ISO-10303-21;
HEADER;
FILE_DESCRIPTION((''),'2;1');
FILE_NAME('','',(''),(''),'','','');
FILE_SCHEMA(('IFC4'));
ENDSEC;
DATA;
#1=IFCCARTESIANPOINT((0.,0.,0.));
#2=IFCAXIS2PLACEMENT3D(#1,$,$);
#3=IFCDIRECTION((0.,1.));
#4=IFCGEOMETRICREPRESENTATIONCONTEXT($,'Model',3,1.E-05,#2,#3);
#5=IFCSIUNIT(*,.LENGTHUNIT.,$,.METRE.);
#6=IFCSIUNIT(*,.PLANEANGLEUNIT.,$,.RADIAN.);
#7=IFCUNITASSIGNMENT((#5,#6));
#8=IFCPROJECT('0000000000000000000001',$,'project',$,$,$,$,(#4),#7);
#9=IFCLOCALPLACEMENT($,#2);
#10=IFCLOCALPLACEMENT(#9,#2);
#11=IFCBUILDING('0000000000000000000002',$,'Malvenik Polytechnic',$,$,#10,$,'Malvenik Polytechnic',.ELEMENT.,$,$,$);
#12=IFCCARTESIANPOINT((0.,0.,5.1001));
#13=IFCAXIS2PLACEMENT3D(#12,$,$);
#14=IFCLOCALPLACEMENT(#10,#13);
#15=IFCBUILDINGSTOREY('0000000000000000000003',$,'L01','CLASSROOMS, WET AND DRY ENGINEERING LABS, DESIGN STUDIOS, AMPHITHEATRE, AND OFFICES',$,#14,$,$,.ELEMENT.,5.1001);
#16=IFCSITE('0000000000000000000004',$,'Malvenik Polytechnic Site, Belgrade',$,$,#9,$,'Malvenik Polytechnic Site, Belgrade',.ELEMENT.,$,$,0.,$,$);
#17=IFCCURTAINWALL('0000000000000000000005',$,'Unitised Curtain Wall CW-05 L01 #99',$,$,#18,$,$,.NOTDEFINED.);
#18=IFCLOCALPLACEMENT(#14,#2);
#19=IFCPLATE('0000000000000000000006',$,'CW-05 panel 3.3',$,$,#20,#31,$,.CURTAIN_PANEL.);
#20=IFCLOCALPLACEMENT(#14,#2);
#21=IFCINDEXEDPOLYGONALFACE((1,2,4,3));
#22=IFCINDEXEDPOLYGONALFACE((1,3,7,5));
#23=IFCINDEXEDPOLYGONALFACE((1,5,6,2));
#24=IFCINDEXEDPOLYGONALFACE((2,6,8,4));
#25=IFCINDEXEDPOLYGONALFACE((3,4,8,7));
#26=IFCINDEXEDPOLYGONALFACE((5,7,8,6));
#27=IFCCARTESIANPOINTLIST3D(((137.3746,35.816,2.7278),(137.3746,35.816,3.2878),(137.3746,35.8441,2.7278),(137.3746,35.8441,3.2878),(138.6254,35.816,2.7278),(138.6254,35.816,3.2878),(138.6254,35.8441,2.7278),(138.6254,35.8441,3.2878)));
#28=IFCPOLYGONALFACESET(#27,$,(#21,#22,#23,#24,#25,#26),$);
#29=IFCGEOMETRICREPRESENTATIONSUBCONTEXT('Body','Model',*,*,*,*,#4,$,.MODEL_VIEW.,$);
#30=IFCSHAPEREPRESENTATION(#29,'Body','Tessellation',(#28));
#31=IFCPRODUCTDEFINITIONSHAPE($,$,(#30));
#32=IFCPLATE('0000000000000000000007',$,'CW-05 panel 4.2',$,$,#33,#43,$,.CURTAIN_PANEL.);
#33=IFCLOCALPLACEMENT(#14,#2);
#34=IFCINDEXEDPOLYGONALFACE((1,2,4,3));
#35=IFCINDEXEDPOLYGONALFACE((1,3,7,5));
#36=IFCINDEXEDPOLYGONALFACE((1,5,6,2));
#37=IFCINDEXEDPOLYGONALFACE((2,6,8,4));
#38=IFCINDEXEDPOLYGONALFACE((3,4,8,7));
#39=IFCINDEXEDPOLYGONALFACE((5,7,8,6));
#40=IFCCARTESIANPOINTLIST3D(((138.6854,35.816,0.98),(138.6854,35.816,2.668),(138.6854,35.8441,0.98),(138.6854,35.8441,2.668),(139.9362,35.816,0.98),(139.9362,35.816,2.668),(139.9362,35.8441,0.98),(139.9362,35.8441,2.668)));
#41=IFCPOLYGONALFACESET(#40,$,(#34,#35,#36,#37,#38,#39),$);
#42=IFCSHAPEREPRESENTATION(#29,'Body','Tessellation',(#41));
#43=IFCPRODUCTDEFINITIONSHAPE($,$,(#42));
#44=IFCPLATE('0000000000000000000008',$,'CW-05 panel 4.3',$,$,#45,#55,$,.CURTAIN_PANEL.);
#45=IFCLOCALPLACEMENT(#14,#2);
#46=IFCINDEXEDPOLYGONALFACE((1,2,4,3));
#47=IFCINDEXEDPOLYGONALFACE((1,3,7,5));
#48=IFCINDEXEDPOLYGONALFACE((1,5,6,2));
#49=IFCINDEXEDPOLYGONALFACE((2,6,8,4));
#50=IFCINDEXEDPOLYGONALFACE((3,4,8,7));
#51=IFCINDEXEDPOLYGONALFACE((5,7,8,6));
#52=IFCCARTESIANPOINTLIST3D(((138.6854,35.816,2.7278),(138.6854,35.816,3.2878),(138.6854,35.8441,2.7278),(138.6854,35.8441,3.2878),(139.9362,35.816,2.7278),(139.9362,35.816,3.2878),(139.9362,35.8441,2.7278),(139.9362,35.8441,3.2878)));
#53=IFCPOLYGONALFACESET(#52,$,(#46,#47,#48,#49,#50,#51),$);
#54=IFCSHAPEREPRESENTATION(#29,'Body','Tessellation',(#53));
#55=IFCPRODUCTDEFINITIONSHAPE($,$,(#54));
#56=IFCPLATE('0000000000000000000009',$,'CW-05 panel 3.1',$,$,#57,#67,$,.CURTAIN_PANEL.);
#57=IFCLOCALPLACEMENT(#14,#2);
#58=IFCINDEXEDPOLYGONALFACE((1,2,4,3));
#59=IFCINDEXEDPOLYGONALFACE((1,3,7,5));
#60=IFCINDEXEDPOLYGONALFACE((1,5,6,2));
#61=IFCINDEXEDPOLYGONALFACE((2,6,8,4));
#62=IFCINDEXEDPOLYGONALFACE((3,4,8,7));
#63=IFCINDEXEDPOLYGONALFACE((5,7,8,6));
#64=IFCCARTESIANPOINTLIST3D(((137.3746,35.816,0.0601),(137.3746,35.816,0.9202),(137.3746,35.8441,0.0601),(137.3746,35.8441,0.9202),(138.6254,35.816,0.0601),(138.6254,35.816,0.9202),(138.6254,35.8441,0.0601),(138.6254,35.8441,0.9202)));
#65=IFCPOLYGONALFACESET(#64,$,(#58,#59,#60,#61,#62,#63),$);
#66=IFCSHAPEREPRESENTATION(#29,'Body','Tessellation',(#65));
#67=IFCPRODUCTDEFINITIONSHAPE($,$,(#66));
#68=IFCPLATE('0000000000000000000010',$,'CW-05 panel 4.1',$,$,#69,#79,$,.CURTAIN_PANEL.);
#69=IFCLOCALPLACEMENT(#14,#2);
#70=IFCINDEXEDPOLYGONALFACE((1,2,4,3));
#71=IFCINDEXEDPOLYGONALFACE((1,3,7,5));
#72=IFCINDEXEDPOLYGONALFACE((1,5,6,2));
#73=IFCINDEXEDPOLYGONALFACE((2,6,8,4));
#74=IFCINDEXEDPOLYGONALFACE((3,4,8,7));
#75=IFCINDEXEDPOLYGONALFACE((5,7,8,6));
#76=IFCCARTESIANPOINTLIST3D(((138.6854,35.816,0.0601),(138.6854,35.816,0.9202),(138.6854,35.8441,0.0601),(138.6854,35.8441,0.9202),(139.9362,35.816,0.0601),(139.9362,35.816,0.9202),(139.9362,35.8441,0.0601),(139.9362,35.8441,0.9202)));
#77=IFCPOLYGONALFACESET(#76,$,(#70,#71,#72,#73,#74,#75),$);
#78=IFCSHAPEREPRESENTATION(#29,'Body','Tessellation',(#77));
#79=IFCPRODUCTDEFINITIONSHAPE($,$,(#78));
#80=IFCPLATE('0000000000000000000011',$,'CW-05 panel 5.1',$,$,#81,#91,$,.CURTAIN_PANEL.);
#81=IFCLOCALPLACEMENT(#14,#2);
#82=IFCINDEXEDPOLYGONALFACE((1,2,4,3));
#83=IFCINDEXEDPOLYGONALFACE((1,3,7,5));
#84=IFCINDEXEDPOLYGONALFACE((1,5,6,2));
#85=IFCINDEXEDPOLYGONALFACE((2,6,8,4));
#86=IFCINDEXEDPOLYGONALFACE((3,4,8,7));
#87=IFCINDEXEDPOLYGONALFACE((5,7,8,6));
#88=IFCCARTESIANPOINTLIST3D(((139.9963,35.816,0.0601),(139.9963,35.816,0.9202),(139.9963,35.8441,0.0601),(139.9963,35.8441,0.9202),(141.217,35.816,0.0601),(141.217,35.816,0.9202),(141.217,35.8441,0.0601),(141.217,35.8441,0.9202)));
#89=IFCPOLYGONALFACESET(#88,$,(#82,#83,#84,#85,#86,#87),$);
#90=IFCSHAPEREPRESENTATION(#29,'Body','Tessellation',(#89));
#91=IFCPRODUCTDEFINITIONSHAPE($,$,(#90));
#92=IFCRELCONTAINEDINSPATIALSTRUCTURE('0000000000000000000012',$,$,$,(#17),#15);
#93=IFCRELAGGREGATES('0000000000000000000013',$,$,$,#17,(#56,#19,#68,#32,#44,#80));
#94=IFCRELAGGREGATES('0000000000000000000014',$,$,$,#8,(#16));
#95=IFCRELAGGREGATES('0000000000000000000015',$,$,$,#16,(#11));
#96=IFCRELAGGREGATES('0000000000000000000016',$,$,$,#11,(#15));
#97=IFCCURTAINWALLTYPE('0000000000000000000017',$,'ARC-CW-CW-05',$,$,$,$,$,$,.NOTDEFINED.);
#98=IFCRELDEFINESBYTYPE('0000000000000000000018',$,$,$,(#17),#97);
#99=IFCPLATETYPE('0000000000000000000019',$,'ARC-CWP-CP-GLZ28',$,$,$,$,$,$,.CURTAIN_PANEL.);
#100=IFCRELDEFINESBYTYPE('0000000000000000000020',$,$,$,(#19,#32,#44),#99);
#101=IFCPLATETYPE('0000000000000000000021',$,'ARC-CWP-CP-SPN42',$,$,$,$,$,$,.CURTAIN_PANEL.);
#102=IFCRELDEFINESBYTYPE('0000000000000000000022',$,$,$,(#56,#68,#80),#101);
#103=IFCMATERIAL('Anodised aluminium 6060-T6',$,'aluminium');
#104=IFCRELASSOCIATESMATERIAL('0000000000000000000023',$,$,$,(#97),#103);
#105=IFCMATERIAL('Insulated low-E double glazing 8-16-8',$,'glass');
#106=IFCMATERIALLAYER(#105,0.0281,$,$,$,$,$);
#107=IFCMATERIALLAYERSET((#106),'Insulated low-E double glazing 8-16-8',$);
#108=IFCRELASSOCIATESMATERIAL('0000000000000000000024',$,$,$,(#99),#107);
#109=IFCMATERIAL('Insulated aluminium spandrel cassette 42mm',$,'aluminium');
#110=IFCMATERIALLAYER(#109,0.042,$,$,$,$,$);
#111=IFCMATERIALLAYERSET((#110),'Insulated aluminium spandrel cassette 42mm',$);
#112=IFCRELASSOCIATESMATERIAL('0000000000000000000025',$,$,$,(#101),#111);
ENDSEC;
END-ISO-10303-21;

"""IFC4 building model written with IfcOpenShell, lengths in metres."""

from ifc_helpers import new_model, si_unit, direction, frame, origin, origin_2d, place, context, subcontext, project, spatial, rectangle, extrude, material, layer, layer_set, type_object, element, aggregate, save


model = new_model("IFC4")

# Units and contexts
model_context = context("Model", 3, precision=1e-05, world=origin(), true_north=direction((0.0, 1.0)))
body_context = subcontext(model_context, "Body", "Model", "MODEL_VIEW")
ifc_project = project(units=[si_unit("LENGTHUNIT", "METRE"), si_unit("PLANEANGLEUNIT", "RADIAN")], contexts=[model_context])

# Site, building, storey
site_placement = place(None, origin())
site = spatial("IfcSite", under=ifc_project, at=site_placement, Name="Malvenik Polytechnic Site, Belgrade", LongName="Malvenik Polytechnic Site, Belgrade", CompositionType="ELEMENT", RefElevation=0.0)
building_placement = place(site_placement, origin())
building = spatial("IfcBuilding", under=site, at=building_placement, Name="Malvenik Polytechnic", LongName="Malvenik Polytechnic", CompositionType="ELEMENT")
storey_placement = place(building_placement, frame((0.0, 0.0, 5.1001)))
storey = spatial("IfcBuildingStorey", under=building, at=storey_placement, Name="L01", Description="CLASSROOMS, WET AND DRY ENGINEERING LABS, DESIGN STUDIOS, AMPHITHEATRE, AND OFFICES", CompositionType="ELEMENT", Elevation=5.1001)

# Curtain wall, plates
ifc_material_1 = material(Name="Anodised aluminium 6060-T6", Category="aluminium")
curtain_wall_type = type_object("IfcCurtainWallType", Name="ARC-CW-CW-05", PredefinedType="NOTDEFINED", material=ifc_material_1)
curtain_wall_placement = place(storey_placement, origin())
curtain_wall = element("IfcCurtainWall", 1, at=curtain_wall_placement, inside=storey, type_object=curtain_wall_type, Name="Unitised Curtain Wall CW-05 L01 #99", PredefinedType="NOTDEFINED")
ifc_material_2 = material(Name="Insulated low-E double glazing 8-16-8", Category="glass")
ifc_layer_1 = layer(ifc_material_2, 0.0281)
ifc_layer_set_1 = layer_set([ifc_layer_1], Name="Insulated low-E double glazing 8-16-8")
plate_type_1 = type_object("IfcPlateType", Name="ARC-CWP-CP-GLZ28", PredefinedType="CURTAIN_PANEL", material=ifc_layer_set_1)
plate_1_placement = place(storey_placement, frame((138.0, 35.8301, 2.7278), z_axis=(0.0, 0.0, 1.0), x_axis=(1.0, 0.0, 0.0)))
plate_1 = element("IfcPlate", 2, at=plate_1_placement, type_object=plate_type_1, Name="CW-05 panel 3.3", PredefinedType="CURTAIN_PANEL", context=body_context, shape_type="SweptSolid", body=[
    extrude(rectangle(XDim=1.2507, YDim=0.0281, at=origin_2d()), origin(), (0.0, 0.0, 1.0), 0.5601),
])
plate_2_placement = place(storey_placement, frame((139.3108, 35.8301, 0.98), z_axis=(0.0, 0.0, 1.0), x_axis=(1.0, 0.0, 0.0)))
plate_2 = element("IfcPlate", 3, at=plate_2_placement, type_object=plate_type_1, Name="CW-05 panel 4.2", PredefinedType="CURTAIN_PANEL", context=body_context, shape_type="SweptSolid", body=[
    extrude(rectangle(XDim=1.2507, YDim=0.0281, at=origin_2d()), origin(), (0.0, 0.0, 1.0), 1.688),
])
plate_3_placement = place(storey_placement, frame((139.3108, 35.8301, 2.7278), z_axis=(0.0, 0.0, 1.0), x_axis=(1.0, 0.0, 0.0)))
plate_3 = element("IfcPlate", 4, at=plate_3_placement, type_object=plate_type_1, Name="CW-05 panel 4.3", PredefinedType="CURTAIN_PANEL", context=body_context, shape_type="SweptSolid", body=[
    extrude(rectangle(XDim=1.2507, YDim=0.0281, at=origin_2d()), origin(), (0.0, 0.0, 1.0), 0.5601),
])
ifc_material_3 = material(Name="Insulated aluminium spandrel cassette 42mm", Category="aluminium")
ifc_layer_2 = layer(ifc_material_3, 0.042)
ifc_layer_set_2 = layer_set([ifc_layer_2], Name="Insulated aluminium spandrel cassette 42mm")
plate_type_2 = type_object("IfcPlateType", Name="ARC-CWP-CP-SPN42", PredefinedType="CURTAIN_PANEL", material=ifc_layer_set_2)
plate_4_placement = place(storey_placement, frame((138.0, 35.8301, 0.0601), z_axis=(0.0, 0.0, 1.0), x_axis=(1.0, 0.0, 0.0)))
plate_4 = element("IfcPlate", 5, at=plate_4_placement, type_object=plate_type_2, Name="CW-05 panel 3.1", PredefinedType="CURTAIN_PANEL", context=body_context, shape_type="SweptSolid", body=[
    extrude(rectangle(XDim=1.2507, YDim=0.0281, at=origin_2d()), origin(), (0.0, 0.0, 1.0), 0.8601),
])
plate_5_placement = place(storey_placement, frame((139.3108, 35.8301, 0.0601), z_axis=(0.0, 0.0, 1.0), x_axis=(1.0, 0.0, 0.0)))
plate_5 = element("IfcPlate", 6, at=plate_5_placement, type_object=plate_type_2, Name="CW-05 panel 4.1", PredefinedType="CURTAIN_PANEL", context=body_context, shape_type="SweptSolid", body=[
    extrude(rectangle(XDim=1.2507, YDim=0.0281, at=origin_2d()), origin(), (0.0, 0.0, 1.0), 0.8601),
])
plate_6_placement = place(storey_placement, frame((140.6067, 35.8301, 0.0601), z_axis=(0.0, 0.0, 1.0), x_axis=(1.0, 0.0, 0.0)))
plate_6 = element("IfcPlate", 7, at=plate_6_placement, type_object=plate_type_2, Name="CW-05 panel 5.1", PredefinedType="CURTAIN_PANEL", context=body_context, shape_type="SweptSolid", body=[
    extrude(rectangle(XDim=1.2207, YDim=0.0281, at=origin_2d()), origin(), (0.0, 0.0, 1.0), 0.8601),
])
aggregate(curtain_wall, [plate_4, plate_1, plate_5, plate_2, plate_3, plate_6])

save(model, "model.ifc")
